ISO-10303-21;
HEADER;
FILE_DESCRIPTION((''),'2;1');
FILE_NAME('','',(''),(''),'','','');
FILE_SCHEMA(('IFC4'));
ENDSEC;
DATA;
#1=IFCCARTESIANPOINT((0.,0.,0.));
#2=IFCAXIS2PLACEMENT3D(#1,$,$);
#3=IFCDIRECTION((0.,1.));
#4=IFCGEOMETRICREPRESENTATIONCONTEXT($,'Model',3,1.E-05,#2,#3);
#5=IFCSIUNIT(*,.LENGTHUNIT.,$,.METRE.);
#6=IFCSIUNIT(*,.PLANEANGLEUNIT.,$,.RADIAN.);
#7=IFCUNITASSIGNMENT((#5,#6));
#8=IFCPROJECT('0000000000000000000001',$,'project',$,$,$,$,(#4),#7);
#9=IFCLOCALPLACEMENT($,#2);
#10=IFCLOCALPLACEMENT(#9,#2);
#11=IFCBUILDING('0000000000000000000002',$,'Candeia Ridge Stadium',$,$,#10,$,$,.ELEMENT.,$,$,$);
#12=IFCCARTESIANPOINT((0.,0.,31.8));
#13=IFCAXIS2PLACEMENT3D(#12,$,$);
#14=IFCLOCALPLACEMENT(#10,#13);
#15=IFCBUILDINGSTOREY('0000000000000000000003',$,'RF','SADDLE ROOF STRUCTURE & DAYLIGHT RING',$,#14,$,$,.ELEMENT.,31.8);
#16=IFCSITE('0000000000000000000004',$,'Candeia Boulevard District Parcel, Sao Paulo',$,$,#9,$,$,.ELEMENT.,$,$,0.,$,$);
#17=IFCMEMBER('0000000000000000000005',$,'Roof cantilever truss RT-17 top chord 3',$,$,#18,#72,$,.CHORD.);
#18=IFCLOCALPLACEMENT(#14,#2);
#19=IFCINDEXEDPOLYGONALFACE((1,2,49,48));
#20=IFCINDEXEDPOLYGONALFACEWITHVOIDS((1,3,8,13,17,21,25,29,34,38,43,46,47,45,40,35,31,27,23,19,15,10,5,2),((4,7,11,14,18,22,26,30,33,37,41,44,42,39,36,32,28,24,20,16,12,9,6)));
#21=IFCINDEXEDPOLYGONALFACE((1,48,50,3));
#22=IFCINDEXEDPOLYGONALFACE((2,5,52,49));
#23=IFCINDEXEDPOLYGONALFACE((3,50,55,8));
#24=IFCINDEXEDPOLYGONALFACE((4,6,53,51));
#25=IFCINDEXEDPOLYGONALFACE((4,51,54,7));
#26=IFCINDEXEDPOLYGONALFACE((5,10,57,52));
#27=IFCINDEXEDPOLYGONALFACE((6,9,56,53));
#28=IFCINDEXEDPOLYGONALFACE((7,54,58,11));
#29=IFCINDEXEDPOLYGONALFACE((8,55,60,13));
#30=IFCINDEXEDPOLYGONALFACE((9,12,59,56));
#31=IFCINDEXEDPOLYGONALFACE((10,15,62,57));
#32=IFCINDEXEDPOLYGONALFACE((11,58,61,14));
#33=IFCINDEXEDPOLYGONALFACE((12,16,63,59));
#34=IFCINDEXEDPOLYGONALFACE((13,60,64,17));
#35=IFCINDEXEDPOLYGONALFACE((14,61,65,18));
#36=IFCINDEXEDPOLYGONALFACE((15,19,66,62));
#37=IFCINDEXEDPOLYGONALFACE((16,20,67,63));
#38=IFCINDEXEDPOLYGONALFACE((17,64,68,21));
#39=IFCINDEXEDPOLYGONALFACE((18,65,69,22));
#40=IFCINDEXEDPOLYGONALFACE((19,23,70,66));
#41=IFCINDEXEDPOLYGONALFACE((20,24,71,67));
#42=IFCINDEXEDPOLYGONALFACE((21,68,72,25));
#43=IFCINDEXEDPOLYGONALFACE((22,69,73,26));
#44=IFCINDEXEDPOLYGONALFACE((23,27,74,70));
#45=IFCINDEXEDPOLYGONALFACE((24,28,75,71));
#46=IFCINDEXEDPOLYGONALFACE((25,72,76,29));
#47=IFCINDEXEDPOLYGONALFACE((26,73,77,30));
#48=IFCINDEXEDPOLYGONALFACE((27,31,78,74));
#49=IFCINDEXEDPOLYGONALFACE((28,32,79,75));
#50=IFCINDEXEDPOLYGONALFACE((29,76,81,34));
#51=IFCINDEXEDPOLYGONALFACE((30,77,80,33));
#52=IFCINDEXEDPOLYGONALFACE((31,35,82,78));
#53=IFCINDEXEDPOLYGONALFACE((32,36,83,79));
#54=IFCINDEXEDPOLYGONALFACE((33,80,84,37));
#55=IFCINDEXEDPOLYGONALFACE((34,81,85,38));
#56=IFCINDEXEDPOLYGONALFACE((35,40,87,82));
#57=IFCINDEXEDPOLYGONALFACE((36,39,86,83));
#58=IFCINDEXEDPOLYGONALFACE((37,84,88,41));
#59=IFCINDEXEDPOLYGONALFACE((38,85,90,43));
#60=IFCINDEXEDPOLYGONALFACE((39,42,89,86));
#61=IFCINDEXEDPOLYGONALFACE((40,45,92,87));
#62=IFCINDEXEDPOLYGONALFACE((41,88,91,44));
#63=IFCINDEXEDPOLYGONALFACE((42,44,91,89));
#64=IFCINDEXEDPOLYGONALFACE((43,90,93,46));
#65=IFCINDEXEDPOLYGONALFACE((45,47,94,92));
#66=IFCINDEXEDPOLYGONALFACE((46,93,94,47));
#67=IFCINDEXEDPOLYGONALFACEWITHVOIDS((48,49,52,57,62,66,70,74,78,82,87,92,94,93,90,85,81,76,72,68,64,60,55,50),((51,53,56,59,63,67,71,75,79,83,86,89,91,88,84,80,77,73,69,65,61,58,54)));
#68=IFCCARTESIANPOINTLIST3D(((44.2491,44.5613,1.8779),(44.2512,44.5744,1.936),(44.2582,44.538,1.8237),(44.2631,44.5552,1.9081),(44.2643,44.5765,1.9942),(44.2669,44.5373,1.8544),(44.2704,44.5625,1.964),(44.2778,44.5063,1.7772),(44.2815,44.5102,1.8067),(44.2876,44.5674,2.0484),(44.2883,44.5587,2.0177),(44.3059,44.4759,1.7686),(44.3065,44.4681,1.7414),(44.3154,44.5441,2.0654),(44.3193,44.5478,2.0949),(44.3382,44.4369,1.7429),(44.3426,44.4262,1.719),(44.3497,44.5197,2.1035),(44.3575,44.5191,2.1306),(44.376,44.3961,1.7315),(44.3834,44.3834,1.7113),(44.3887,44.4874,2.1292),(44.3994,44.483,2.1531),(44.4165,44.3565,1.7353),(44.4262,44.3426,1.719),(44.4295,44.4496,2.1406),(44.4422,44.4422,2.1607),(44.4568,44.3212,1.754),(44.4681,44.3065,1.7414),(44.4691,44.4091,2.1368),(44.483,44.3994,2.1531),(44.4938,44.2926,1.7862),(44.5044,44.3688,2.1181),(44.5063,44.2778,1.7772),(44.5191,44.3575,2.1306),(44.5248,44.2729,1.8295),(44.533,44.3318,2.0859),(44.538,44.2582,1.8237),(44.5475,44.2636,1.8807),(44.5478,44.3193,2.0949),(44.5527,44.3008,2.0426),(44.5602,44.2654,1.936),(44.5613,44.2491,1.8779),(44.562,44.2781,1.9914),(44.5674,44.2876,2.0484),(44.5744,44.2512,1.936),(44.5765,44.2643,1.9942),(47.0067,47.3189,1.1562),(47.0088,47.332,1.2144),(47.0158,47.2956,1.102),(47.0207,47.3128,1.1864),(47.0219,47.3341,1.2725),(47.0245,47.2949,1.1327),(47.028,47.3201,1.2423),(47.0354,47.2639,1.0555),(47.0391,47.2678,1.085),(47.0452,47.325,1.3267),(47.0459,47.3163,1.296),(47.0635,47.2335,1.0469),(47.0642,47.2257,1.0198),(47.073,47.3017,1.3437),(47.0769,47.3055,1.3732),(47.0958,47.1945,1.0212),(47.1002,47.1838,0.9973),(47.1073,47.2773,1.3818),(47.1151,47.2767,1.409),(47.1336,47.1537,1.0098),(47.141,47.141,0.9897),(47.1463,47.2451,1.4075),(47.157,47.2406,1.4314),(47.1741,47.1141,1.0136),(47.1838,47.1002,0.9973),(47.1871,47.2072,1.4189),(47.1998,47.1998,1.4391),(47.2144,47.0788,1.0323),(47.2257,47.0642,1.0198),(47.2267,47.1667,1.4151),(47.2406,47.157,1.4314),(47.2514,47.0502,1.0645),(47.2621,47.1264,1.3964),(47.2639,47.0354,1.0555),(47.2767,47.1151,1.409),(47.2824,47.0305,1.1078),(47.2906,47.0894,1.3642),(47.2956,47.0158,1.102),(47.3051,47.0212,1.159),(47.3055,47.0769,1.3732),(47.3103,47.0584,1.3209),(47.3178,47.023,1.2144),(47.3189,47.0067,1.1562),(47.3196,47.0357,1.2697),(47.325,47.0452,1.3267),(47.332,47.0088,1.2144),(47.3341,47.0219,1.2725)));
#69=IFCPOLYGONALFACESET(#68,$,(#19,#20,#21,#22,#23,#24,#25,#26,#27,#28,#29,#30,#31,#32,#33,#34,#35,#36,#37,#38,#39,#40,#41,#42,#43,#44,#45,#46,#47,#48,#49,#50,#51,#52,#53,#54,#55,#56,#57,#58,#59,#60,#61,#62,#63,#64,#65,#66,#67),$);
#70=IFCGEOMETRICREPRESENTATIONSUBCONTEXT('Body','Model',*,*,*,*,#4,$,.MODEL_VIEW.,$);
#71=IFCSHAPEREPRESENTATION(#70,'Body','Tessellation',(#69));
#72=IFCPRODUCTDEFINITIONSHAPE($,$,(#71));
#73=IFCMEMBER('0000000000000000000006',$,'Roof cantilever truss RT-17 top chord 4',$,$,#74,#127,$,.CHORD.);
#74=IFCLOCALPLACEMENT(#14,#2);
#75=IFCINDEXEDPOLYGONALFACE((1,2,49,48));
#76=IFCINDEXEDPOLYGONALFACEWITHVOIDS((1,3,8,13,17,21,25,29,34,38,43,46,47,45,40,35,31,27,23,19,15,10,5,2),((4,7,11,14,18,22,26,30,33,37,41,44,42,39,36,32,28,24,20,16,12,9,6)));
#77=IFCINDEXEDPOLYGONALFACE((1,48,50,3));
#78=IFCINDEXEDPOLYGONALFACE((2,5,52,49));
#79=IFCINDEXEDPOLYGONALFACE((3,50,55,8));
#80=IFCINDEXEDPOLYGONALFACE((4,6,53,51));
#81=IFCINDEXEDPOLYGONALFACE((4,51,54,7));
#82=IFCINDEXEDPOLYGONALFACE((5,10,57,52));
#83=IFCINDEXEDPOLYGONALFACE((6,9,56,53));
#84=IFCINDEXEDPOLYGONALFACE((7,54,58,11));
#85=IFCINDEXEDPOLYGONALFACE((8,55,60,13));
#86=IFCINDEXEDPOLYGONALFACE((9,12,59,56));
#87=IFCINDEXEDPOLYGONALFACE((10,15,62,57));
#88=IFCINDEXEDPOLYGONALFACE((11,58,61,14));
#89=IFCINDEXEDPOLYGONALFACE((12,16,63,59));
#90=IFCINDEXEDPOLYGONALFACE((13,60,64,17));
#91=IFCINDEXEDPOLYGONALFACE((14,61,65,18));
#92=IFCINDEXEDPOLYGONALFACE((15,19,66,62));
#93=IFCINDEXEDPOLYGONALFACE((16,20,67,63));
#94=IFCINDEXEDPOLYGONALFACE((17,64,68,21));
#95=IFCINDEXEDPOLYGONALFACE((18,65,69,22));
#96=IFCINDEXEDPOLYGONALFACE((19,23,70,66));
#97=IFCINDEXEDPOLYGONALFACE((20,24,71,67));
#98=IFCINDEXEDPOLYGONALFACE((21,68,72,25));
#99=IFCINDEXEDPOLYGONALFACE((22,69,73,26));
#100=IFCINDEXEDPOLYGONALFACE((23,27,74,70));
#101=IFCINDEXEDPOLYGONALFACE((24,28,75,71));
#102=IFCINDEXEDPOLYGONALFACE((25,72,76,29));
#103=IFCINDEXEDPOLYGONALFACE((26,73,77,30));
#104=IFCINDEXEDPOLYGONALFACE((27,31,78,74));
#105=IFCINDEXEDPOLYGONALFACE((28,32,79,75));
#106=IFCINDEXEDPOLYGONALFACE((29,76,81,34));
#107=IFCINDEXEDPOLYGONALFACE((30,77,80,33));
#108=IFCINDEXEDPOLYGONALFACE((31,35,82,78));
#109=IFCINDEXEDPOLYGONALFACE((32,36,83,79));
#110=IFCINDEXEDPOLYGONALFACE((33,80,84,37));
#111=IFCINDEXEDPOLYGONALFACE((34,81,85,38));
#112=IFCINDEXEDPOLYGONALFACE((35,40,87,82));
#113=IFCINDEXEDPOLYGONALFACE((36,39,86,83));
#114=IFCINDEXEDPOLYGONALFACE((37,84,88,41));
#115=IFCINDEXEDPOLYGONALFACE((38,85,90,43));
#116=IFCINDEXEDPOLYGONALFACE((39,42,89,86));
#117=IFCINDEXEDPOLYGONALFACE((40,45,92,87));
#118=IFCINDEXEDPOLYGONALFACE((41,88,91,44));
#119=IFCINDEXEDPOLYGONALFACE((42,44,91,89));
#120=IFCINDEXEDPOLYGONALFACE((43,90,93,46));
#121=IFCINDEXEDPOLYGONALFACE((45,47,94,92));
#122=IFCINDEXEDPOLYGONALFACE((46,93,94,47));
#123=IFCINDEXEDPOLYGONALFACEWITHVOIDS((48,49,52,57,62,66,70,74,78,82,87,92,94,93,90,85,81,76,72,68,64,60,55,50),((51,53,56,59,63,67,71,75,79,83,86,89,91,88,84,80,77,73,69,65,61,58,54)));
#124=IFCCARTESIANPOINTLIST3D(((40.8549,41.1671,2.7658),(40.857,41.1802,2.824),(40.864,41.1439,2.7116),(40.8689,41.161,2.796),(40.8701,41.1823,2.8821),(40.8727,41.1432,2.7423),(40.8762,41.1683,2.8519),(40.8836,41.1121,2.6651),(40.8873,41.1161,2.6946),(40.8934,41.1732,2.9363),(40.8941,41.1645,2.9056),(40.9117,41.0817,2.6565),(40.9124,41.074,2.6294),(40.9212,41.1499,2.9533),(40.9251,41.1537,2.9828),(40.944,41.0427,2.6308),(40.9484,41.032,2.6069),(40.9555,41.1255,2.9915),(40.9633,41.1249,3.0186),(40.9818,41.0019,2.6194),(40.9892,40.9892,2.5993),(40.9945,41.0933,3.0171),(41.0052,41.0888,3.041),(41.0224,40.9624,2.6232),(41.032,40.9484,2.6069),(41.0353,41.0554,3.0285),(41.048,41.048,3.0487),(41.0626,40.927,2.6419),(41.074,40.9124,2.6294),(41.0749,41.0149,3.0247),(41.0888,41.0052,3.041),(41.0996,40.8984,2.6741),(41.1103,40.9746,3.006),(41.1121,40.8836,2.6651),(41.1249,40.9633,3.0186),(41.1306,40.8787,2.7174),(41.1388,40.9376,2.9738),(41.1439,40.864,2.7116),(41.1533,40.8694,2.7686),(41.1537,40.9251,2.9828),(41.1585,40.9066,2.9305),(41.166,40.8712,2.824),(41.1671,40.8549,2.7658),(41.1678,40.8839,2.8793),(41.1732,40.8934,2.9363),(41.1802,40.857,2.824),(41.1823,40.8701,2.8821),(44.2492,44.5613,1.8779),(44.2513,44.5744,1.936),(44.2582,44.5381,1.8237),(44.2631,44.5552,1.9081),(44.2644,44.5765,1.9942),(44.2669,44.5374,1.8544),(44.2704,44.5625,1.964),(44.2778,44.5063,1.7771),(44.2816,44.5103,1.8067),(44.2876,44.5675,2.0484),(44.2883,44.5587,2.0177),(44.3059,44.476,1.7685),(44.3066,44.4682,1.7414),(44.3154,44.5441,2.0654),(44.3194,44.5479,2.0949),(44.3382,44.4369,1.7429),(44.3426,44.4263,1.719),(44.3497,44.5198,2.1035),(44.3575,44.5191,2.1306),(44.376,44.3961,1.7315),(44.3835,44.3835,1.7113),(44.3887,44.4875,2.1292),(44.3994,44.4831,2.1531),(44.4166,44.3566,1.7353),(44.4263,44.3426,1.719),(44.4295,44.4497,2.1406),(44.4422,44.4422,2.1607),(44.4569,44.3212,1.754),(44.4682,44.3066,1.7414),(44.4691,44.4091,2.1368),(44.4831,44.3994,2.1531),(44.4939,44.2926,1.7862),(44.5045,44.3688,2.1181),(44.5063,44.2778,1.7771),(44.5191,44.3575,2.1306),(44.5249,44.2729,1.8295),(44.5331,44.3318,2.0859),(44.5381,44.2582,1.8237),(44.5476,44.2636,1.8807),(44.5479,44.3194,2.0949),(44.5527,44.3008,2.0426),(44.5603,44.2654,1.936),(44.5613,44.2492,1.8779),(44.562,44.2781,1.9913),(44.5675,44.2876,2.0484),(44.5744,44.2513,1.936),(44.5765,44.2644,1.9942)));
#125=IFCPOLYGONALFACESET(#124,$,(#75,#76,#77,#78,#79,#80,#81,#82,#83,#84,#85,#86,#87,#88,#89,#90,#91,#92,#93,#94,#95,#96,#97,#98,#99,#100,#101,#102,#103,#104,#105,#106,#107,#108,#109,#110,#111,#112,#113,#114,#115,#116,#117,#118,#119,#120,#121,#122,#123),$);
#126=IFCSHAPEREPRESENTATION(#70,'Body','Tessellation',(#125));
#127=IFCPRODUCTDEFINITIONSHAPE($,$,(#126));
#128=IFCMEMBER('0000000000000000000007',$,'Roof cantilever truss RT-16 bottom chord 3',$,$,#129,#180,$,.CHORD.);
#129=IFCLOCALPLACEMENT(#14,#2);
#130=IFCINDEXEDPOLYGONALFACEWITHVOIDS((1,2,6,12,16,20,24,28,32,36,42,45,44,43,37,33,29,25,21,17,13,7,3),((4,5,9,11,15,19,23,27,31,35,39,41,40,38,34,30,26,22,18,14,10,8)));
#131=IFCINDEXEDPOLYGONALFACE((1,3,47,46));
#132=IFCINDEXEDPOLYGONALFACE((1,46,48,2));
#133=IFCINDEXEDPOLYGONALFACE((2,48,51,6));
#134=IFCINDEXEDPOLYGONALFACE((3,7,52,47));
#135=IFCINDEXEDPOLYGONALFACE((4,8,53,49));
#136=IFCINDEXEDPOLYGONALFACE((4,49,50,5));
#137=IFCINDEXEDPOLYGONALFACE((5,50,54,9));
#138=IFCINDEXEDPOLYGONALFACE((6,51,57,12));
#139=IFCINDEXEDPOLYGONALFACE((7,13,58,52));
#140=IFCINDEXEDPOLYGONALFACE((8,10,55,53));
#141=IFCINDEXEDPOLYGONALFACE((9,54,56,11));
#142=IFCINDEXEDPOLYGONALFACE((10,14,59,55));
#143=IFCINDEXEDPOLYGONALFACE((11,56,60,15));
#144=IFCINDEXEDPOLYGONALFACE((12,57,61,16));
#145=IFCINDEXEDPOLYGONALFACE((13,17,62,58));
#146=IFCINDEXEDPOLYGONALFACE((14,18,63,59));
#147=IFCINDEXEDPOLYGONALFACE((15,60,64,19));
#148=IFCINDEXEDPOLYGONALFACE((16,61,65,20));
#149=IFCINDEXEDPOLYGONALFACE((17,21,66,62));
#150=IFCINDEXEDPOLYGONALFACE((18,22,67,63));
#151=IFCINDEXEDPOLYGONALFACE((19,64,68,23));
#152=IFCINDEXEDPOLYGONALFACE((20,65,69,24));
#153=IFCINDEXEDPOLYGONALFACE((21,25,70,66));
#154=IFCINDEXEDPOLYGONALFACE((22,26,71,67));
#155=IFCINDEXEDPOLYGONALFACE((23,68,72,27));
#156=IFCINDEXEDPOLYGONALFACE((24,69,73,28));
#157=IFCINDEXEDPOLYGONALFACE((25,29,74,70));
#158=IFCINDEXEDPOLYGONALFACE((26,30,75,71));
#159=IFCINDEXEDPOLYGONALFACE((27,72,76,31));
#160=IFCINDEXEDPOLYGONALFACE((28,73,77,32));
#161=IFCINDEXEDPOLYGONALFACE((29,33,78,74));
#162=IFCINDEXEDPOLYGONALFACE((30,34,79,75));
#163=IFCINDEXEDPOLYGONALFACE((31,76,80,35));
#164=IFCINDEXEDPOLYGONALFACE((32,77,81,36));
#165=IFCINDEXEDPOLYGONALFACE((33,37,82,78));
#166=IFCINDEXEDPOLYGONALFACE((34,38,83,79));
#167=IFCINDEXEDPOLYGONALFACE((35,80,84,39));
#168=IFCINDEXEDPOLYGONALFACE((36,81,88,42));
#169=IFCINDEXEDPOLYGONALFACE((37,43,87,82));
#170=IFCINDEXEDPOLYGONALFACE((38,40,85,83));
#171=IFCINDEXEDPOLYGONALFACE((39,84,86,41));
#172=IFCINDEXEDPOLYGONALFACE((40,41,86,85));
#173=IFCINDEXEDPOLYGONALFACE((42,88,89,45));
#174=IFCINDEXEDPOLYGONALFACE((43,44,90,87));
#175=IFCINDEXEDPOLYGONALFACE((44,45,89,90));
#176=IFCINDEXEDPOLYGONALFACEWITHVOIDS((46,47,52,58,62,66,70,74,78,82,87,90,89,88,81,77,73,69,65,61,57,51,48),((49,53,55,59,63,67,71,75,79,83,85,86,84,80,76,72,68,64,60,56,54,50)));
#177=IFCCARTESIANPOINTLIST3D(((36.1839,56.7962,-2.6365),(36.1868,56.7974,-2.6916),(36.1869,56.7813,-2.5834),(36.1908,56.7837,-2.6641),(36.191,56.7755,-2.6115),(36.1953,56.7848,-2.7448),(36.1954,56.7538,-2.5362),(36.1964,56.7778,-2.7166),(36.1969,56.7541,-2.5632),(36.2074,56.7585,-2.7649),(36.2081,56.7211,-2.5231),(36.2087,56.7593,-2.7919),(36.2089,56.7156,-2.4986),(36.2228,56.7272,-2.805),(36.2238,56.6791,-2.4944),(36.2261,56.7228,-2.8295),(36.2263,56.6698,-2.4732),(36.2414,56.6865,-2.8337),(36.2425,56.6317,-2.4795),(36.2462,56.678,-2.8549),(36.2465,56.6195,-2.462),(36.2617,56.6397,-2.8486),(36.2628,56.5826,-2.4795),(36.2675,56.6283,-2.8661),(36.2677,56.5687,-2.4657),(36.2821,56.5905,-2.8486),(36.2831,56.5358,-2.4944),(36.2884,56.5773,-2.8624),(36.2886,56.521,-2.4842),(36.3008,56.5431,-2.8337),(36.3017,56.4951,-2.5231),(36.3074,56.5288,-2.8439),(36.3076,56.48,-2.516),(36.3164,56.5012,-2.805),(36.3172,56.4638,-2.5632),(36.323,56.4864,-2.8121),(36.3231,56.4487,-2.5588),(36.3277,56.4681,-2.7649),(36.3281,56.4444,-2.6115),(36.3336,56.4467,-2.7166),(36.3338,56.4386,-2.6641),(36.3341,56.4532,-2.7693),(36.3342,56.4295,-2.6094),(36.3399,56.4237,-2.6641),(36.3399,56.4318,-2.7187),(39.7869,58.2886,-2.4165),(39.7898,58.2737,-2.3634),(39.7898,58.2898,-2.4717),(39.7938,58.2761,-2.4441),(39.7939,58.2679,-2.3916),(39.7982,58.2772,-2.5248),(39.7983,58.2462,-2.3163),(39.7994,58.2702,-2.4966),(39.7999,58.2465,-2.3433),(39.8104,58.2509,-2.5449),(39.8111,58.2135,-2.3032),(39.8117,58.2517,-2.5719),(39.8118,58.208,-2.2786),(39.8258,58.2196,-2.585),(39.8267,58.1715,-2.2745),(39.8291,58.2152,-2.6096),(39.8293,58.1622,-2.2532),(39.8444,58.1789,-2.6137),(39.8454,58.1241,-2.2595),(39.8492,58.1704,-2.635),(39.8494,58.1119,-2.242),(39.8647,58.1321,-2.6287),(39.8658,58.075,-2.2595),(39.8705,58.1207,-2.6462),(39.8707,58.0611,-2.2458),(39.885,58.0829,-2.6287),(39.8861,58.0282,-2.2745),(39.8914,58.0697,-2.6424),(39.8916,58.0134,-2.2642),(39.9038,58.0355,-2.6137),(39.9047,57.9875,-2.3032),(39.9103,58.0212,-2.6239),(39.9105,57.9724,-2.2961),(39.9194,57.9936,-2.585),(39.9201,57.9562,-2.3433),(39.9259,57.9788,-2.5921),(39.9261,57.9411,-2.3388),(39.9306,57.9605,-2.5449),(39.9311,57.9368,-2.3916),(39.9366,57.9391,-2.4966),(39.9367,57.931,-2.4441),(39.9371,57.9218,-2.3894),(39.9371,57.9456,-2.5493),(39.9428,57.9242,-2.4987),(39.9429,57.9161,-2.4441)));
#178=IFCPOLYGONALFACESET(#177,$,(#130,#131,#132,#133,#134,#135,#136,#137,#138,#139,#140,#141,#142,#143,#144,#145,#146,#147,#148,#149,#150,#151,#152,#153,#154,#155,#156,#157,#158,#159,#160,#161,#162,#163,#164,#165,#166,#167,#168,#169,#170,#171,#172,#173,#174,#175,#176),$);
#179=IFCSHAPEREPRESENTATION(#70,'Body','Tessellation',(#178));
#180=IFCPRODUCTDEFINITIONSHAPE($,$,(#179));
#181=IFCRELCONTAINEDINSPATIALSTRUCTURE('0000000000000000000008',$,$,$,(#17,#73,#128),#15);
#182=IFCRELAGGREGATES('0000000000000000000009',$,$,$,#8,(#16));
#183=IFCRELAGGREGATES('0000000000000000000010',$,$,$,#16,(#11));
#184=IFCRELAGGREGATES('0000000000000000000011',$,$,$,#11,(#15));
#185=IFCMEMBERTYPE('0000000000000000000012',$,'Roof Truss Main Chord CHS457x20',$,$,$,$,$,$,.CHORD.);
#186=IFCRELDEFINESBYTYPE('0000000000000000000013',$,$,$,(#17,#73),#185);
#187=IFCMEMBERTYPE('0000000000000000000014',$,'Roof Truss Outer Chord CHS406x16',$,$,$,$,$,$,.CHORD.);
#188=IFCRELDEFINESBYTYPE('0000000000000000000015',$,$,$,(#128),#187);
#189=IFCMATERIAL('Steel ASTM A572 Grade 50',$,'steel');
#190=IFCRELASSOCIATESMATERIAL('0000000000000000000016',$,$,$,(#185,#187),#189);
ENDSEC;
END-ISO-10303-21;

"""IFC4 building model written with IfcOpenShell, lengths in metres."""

from ifc_helpers import new_model, si_unit, direction, frame, origin, origin_2d, place, context, subcontext, project, spatial, hollow_circle, extrude, material, material_profile, profile_set, type_object, element, save


model = new_model("IFC4")

# Units and contexts
model_context = context("Model", 3, precision=1e-05, world=origin(), true_north=direction((0.0, 1.0)))
body_context = subcontext(model_context, "Body", "Model", "MODEL_VIEW")
ifc_project = project(units=[si_unit("LENGTHUNIT", "METRE"), si_unit("PLANEANGLEUNIT", "RADIAN")], contexts=[model_context])

# Site, building, storey
site_placement = place(None, origin())
site = spatial("IfcSite", under=ifc_project, at=site_placement, Name="Candeia Boulevard District Parcel, Sao Paulo", CompositionType="ELEMENT", RefElevation=0.0)
building_placement = place(site_placement, origin())
building = spatial("IfcBuilding", under=site, at=building_placement, Name="Candeia Ridge Stadium", CompositionType="ELEMENT")
storey_placement = place(building_placement, frame((0.0, 0.0, 31.8)))
storey = spatial("IfcBuildingStorey", under=building, at=storey_placement, Name="RF", Description="SADDLE ROOF STRUCTURE & DAYLIGHT RING", CompositionType="ELEMENT", Elevation=31.8)

# Shared definitions
ifc_material_1 = material(Name="Steel ASTM A572 Grade 50", Category="steel")

# Members
ifc_material_profile_1 = material_profile(ifc_material_1, hollow_circle(Radius=0.2285, WallThickness=0.02, at=origin_2d()), Name="CHS457x20", Category="steel")
ifc_profile_set_1 = profile_set([ifc_material_profile_1], Name="Steel ASTM A572 Grade 50")
member_type_1 = type_object("IfcMemberType", Name="Roof Truss Main Chord CHS457x20", PredefinedType="CHORD", material=ifc_profile_set_1)
for number, where, z_axis, x_axis, name in (
    (1, (47.1704, 47.1704, 1.2144), (-0.695301, -0.695301, 0.181966), (0.707107, -0.707107, 0.0), "Roof cantilever truss RT-17 top chord 3"),
):
    element("IfcMember", number, at=place(storey_placement, frame(where, z_axis=z_axis, x_axis=x_axis)), inside=storey, type_object=member_type_1, Name=name, PredefinedType="CHORD", context=body_context, shape_type="SweptSolid", body=[
        extrude(hollow_circle(Radius=0.2285, WallThickness=0.02, at=origin_2d()), origin(), (0.0, 0.0, 1.0), 3.9661),
    ])
member_1_placement = place(storey_placement, frame((44.4128, 44.4128, 1.936), z_axis=(-0.695311, -0.695311, 0.181892), x_axis=(0.707107, -0.707107, 0.0)))
element("IfcMember", 2, at=member_1_placement, inside=storey, type_object=member_type_1, Name="Roof cantilever truss RT-17 top chord 4", PredefinedType="CHORD", context=body_context, shape_type="SweptSolid", body=[
    extrude(hollow_circle(Radius=0.2285, WallThickness=0.02, at=origin_2d()), origin(), (0.0, 0.0, 1.0), 4.8816),
])
ifc_material_profile_2 = material_profile(ifc_material_1, hollow_circle(Radius=0.2029, WallThickness=0.0161, at=origin_2d()), Name="CHS406x16", Category="steel")
ifc_profile_set_2 = profile_set([ifc_material_profile_2], Name="Steel ASTM A572 Grade 50")
member_type_2 = type_object("IfcMemberType", Name="Roof Truss Outer Chord CHS406x16", PredefinedType="CHORD", material=ifc_profile_set_2)
for number, where, z_axis, x_axis, name in (
    (3, (39.8652, 58.1035, -2.4441), (-0.922413, -0.382078, -0.056315), (0.382685, -0.923879, 0.0), "Roof cantilever truss RT-16 bottom chord 3"),
):
    element("IfcMember", number, at=place(storey_placement, frame(where, z_axis=z_axis, x_axis=x_axis)), inside=storey, type_object=member_type_2, Name=name, PredefinedType="CHORD", context=body_context, shape_type="SweptSolid", body=[
        extrude(hollow_circle(Radius=0.2029, WallThickness=0.0161, at=origin_2d()), origin(), (0.0, 0.0, 1.0), 3.906),
    ])

save(model, "model.ifc")
